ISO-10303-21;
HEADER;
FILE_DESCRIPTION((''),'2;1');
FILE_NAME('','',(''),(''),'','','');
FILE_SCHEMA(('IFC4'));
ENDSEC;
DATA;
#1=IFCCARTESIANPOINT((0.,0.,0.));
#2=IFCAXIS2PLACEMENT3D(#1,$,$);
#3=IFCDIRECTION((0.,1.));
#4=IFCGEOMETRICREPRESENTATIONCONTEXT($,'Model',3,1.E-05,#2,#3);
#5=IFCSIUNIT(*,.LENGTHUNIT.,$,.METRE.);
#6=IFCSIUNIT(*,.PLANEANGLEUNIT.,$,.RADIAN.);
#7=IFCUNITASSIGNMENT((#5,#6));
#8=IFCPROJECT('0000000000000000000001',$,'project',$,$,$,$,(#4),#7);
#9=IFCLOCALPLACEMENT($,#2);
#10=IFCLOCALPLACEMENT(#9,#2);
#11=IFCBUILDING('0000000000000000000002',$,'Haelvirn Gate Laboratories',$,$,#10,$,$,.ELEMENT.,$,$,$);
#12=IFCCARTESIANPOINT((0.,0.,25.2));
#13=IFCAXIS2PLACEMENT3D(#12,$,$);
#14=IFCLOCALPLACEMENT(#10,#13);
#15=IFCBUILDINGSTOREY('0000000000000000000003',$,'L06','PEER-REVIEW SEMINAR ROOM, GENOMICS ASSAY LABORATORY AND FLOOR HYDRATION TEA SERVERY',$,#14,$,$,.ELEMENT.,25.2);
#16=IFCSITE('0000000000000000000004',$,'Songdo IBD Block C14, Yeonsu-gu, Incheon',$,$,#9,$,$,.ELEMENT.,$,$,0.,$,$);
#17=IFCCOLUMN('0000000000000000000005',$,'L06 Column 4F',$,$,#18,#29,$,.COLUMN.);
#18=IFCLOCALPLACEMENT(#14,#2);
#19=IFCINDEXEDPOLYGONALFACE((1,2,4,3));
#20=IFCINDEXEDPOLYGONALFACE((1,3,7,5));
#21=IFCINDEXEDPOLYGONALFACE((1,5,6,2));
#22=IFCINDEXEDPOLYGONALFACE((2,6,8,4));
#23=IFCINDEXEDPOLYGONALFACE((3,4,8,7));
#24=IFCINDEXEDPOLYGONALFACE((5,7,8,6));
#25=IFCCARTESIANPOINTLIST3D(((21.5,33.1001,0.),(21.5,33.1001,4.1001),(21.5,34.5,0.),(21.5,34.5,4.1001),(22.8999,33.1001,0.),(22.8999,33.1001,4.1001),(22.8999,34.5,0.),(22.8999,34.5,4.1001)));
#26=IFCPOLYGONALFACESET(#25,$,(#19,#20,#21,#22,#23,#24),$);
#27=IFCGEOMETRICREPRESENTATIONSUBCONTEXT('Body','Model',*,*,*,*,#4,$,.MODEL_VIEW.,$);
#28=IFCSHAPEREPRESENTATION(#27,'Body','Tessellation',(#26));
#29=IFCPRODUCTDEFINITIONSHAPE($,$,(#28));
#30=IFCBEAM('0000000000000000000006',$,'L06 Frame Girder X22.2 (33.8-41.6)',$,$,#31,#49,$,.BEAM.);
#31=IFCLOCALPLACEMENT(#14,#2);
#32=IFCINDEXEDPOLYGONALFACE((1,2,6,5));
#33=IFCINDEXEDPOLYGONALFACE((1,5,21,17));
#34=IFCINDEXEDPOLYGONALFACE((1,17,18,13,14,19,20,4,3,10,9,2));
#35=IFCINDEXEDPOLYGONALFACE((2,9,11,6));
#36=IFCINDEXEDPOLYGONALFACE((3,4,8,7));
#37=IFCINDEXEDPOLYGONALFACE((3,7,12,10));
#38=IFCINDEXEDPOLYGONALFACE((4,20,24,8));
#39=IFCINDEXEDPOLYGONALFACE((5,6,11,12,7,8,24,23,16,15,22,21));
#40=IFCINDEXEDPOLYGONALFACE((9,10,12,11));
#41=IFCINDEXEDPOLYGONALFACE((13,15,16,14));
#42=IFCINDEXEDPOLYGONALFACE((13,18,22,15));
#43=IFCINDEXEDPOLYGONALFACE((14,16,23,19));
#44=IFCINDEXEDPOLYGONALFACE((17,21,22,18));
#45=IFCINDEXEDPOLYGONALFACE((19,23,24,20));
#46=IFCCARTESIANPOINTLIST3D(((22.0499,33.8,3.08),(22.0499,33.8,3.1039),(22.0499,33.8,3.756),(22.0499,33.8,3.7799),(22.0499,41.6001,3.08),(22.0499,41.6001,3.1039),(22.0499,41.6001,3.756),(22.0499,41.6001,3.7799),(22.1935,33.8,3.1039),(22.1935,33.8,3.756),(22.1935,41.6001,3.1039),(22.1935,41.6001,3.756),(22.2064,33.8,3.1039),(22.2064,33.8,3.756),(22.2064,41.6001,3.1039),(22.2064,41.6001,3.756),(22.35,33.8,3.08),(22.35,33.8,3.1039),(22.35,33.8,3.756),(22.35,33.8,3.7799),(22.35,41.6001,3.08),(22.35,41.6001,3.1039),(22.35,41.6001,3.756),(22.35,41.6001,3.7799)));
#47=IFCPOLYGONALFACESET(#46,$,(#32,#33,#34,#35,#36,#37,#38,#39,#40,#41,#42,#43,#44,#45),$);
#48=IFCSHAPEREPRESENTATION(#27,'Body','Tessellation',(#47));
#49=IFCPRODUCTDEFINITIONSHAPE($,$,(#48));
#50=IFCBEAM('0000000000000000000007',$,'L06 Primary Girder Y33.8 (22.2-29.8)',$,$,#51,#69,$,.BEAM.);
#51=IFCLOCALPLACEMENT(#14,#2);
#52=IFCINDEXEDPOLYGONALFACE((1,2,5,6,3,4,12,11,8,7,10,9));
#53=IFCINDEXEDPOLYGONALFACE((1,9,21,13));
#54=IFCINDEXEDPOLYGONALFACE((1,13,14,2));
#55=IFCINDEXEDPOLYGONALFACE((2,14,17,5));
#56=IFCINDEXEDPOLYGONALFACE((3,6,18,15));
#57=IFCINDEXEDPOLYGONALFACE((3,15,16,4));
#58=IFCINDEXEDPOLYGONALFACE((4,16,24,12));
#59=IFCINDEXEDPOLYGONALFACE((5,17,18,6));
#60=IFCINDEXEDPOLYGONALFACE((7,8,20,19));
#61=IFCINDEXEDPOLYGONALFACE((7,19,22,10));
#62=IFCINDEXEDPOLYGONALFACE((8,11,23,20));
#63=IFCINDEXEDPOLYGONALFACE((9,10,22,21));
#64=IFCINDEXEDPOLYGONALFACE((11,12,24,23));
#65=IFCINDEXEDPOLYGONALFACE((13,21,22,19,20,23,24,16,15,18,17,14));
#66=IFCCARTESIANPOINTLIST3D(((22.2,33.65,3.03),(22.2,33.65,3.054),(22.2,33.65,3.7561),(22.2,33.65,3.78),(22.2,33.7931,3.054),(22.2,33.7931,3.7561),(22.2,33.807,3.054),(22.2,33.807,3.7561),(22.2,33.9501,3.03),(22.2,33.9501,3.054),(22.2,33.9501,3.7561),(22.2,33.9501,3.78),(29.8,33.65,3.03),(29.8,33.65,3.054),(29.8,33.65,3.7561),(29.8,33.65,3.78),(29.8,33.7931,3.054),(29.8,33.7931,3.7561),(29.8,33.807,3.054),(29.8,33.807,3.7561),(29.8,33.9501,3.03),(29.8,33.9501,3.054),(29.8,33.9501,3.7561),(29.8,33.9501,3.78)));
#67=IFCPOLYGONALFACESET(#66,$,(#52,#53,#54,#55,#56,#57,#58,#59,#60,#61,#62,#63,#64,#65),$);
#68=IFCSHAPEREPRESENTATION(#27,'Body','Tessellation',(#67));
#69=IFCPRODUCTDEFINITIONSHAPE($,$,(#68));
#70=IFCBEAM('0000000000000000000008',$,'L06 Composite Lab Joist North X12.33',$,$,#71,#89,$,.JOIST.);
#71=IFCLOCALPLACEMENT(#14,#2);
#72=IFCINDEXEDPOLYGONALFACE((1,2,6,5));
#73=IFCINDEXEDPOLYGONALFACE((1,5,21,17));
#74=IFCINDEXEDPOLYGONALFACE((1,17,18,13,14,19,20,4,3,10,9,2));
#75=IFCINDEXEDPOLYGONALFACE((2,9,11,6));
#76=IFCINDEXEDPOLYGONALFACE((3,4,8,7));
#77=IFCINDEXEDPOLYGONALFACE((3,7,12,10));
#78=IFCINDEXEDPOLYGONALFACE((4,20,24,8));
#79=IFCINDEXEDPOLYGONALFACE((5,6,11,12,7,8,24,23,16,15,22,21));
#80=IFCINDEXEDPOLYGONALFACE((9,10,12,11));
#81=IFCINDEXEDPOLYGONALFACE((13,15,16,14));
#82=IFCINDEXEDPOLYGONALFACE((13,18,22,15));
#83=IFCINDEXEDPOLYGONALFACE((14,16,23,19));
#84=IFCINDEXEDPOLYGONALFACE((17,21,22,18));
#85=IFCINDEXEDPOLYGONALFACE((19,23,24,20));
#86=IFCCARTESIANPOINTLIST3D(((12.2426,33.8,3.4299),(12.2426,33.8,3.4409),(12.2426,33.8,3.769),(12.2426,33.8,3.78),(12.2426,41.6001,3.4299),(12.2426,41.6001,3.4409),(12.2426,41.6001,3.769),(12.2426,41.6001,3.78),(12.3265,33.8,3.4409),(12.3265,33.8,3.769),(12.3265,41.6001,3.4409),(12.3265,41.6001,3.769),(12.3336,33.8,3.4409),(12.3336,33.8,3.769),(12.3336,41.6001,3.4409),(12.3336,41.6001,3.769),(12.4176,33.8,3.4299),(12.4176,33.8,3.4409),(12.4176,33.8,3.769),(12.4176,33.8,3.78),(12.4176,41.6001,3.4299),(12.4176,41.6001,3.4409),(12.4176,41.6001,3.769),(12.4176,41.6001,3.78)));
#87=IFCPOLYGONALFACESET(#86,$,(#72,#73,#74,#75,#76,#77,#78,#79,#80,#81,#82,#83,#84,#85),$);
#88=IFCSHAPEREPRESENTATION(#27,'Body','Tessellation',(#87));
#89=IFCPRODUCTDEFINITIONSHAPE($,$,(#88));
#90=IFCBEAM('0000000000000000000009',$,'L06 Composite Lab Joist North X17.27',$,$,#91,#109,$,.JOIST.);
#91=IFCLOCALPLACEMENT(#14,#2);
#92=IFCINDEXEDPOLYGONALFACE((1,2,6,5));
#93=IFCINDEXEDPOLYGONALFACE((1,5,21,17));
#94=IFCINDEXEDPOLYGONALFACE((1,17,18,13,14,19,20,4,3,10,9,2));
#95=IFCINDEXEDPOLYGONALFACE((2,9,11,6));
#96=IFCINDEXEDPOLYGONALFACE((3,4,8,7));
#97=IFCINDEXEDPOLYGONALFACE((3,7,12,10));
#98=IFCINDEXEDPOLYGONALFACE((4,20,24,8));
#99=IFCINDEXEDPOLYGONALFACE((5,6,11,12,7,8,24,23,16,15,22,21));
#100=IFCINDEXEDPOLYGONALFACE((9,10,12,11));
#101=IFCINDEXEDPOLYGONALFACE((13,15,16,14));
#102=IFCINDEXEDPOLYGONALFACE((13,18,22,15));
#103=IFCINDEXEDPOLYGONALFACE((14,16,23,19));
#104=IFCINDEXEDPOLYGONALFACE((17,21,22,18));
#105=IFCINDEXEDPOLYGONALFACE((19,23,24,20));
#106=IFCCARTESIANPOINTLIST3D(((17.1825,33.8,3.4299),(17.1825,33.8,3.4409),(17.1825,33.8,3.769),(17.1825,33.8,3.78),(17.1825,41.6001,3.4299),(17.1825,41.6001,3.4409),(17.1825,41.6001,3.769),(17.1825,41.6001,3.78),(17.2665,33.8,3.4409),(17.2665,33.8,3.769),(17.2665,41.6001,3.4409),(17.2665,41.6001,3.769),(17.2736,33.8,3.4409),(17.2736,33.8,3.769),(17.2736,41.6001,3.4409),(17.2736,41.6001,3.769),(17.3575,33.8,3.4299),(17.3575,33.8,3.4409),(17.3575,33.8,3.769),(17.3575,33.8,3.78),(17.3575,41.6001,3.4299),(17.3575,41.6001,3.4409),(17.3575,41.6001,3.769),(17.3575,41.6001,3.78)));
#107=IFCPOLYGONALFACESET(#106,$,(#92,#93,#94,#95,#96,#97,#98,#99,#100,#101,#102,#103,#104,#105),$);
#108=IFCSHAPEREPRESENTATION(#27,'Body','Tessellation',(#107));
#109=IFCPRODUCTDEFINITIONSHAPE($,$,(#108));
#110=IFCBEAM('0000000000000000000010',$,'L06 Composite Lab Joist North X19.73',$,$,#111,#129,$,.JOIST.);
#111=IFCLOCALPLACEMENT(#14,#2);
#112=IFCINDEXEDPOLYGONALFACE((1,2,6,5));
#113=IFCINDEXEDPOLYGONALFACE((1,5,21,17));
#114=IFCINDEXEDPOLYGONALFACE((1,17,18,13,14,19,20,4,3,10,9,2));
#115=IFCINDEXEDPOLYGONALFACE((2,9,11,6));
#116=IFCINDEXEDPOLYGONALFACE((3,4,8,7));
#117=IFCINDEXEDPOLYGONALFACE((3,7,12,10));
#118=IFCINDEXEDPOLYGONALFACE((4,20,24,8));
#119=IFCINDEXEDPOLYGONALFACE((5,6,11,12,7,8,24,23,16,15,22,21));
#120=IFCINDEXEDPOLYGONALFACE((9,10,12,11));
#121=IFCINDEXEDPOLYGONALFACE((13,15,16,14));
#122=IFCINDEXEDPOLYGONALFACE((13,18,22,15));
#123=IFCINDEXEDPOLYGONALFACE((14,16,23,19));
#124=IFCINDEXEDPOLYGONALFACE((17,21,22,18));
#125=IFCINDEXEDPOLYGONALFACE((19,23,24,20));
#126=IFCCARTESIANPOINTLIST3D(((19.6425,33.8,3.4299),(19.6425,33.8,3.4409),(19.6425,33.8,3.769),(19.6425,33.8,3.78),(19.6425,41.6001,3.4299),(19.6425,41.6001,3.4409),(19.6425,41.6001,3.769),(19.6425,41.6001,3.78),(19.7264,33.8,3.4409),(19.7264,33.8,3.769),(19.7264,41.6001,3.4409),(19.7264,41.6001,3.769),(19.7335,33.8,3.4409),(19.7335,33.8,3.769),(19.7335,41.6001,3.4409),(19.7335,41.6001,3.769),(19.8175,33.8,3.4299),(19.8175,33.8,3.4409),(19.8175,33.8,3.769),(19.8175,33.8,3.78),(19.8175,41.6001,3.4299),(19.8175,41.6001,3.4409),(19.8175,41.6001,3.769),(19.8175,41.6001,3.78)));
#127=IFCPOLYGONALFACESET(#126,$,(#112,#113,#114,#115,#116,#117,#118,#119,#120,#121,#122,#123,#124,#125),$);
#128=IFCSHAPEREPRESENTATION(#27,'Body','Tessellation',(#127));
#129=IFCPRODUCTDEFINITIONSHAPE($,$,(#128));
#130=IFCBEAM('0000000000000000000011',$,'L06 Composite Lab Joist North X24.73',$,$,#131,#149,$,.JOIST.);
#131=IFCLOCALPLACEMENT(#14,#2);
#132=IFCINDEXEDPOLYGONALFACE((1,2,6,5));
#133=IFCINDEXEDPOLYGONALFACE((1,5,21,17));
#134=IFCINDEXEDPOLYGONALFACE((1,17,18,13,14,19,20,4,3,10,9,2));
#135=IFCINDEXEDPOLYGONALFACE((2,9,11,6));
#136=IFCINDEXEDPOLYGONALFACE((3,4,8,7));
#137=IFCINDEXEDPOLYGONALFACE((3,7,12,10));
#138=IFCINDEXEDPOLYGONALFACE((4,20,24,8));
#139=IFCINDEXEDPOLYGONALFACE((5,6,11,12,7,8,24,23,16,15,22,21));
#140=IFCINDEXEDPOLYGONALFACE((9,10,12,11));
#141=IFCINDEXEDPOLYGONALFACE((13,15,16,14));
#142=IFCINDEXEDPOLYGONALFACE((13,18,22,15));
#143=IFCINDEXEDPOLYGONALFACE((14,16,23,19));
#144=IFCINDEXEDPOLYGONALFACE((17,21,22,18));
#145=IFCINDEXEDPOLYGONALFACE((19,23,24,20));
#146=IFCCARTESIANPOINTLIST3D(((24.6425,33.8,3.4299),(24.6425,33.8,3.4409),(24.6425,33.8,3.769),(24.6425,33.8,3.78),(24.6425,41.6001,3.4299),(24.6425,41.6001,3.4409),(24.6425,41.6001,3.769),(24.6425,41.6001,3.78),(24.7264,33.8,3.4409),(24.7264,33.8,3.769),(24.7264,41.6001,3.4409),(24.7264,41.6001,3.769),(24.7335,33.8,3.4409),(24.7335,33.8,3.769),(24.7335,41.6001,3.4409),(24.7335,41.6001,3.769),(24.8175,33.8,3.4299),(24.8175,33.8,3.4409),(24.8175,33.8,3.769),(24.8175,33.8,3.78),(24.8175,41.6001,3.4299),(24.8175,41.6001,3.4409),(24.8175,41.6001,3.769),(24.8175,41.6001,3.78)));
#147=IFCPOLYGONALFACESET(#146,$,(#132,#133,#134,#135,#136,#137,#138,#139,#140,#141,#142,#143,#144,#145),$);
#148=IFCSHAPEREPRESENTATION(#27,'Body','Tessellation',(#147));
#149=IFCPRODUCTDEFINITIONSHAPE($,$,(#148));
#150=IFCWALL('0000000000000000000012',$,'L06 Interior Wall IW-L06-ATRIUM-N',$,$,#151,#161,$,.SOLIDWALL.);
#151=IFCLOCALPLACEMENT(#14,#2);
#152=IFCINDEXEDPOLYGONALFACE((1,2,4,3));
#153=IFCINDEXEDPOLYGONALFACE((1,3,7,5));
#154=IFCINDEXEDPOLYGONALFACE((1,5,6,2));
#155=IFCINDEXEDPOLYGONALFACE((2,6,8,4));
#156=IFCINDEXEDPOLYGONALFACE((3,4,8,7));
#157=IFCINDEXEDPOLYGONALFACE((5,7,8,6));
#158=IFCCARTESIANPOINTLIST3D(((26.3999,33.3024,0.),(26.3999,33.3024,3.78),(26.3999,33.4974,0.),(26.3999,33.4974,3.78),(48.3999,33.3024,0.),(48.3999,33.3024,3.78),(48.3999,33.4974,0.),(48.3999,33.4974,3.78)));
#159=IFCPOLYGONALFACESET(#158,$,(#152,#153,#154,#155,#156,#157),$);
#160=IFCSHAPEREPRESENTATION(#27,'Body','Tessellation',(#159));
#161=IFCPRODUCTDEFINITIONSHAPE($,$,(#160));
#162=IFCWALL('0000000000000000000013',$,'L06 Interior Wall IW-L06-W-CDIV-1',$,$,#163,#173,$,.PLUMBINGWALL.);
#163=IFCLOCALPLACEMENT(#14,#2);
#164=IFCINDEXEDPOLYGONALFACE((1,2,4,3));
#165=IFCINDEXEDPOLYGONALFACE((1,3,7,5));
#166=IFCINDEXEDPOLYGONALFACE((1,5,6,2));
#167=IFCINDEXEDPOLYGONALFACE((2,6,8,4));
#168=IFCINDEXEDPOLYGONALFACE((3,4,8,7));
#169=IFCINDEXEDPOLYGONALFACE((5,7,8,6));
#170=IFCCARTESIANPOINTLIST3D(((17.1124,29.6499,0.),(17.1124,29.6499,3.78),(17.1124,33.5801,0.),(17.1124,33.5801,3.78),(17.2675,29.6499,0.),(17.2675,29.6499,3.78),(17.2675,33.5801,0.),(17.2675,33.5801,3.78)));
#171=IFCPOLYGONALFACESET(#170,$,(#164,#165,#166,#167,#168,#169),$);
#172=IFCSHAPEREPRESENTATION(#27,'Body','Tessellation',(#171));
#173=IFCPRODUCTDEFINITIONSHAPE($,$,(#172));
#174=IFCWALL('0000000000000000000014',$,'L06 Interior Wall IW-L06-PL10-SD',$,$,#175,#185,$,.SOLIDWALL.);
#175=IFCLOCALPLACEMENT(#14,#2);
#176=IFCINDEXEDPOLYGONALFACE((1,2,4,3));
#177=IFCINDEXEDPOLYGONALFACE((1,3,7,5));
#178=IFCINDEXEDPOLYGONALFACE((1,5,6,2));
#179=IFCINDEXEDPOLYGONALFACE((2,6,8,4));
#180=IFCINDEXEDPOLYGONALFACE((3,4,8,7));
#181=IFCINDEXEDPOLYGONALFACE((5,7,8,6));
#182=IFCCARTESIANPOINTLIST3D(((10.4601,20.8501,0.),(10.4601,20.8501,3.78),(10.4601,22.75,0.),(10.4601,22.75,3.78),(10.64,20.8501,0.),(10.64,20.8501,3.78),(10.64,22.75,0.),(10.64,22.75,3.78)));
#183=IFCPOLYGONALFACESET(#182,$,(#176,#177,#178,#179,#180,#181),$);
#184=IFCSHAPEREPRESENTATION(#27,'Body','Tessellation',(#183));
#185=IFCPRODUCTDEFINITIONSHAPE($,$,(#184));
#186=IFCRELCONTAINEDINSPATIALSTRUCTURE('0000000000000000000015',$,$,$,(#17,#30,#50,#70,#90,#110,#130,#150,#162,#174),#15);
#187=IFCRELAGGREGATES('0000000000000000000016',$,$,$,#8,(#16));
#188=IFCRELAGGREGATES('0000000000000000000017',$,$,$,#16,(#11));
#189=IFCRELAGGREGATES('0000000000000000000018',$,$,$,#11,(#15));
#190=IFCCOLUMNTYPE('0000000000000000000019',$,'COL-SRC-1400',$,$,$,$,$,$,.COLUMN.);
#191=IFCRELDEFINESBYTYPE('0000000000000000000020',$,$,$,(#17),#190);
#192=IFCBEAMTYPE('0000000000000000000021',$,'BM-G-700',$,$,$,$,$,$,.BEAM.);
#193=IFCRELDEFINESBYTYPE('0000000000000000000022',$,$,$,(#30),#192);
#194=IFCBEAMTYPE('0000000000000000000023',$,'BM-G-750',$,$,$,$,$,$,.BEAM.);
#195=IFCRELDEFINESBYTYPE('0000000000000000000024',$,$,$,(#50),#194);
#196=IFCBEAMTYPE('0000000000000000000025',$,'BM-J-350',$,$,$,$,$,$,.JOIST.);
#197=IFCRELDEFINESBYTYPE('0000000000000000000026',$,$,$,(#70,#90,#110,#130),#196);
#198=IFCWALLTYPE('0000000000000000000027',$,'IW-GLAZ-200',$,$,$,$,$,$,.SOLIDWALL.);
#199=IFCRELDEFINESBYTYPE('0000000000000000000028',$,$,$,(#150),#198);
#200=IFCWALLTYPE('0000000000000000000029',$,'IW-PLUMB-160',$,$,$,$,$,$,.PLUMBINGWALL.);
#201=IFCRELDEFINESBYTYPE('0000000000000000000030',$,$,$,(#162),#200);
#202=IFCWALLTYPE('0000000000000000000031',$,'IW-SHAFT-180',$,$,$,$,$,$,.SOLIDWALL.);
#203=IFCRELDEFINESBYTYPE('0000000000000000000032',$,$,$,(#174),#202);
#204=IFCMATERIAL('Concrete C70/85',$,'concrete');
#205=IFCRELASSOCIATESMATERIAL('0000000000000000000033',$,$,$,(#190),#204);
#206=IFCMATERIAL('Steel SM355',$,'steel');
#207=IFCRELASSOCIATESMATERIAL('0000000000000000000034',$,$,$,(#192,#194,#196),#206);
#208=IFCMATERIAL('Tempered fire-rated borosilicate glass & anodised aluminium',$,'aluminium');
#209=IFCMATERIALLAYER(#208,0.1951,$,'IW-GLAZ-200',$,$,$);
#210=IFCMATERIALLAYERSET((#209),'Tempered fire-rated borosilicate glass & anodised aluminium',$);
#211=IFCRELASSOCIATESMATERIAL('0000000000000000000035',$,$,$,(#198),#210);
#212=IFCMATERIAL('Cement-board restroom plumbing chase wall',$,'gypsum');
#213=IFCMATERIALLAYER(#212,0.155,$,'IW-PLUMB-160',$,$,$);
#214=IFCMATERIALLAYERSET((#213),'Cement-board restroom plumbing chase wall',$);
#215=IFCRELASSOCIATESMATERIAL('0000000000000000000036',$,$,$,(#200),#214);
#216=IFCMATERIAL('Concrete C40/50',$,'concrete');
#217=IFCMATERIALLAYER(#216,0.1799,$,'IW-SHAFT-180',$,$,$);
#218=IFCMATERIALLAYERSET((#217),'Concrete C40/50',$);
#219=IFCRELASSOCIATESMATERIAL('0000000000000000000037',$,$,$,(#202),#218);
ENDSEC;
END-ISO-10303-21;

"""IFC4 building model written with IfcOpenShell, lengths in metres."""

from ifc_helpers import new_model, si_unit, direction, frame, frame_2d, origin, origin_2d, place, context, subcontext, project, spatial, rectangle, i_section, extrude, source, transform, mapped, material, layer, layer_set, material_profile, profile_set, type_object, type_shapes, element, save


model = new_model("IFC4")

# Units and contexts
model_context = context("Model", 3, precision=1e-05, world=origin(), true_north=direction((0.0, 1.0)))
body_context = subcontext(model_context, "Body", "Model", "MODEL_VIEW")
ifc_project = project(units=[si_unit("LENGTHUNIT", "METRE"), si_unit("PLANEANGLEUNIT", "RADIAN")], contexts=[model_context])

# Site, building, storey
site_placement = place(None, origin())
site = spatial("IfcSite", under=ifc_project, at=site_placement, Name="Songdo IBD Block C14, Yeonsu-gu, Incheon", CompositionType="ELEMENT", RefElevation=0.0)
building_placement = place(site_placement, origin())
building = spatial("IfcBuilding", under=site, at=building_placement, Name="Haelvirn Gate Laboratories", CompositionType="ELEMENT")
storey_placement = place(building_placement, frame((0.0, 0.0, 25.2)))
storey = spatial("IfcBuildingStorey", under=building, at=storey_placement, Name="L06", Description="PEER-REVIEW SEMINAR ROOM, GENOMICS ASSAY LABORATORY AND FLOOR HYDRATION TEA SERVERY", CompositionType="ELEMENT", Elevation=25.2)

# Column
ifc_material_1 = material(Name="Concrete C70/85", Category="concrete")
ifc_material_profile_1 = material_profile(ifc_material_1, rectangle(XDim=1.3999, YDim=1.3999, at=origin_2d()), Name="SRC-1400x1400")
ifc_profile_set_1 = profile_set([ifc_material_profile_1], Name="Concrete C70/85")
column_type = type_object("IfcColumnType", Name="COL-SRC-1400", PredefinedType="COLUMN", material=ifc_profile_set_1)
shared_shape_1 = source(origin(), body_context, "Body", "SweptSolid", [
    extrude(rectangle(XDim=1.3999, YDim=1.3999, at=origin_2d()), origin(), (0.0, 0.0, 1.0), 4.1001),
])
type_shapes(column_type, [shared_shape_1])
column_placement = place(storey_placement, frame((22.2, 33.8, 0.0), z_axis=(0.0, 0.0, 1.0), x_axis=(1.0, 0.0, 0.0)))
element("IfcColumn", 1, at=column_placement, inside=storey, type_object=column_type, Name="L06 Column 4F", PredefinedType="COLUMN", context=body_context, shape_type="MappedRepresentation", body=[
    mapped(shared_shape_1, transform((0.0, 0.0, 0.0), scale=1.0)),
])

# Beams
ifc_material_2 = material(Name="Steel SM355", Category="steel")
ifc_material_profile_2 = material_profile(ifc_material_2, i_section(OverallWidth=0.3, OverallDepth=0.7, WebThickness=0.0129, FlangeThickness=0.0239, at=origin_2d()), Name="H-700x300x13x24")
ifc_profile_set_2 = profile_set([ifc_material_profile_2], Name="Steel SM355")
beam_type_1 = type_object("IfcBeamType", Name="BM-G-700", PredefinedType="BEAM", material=ifc_profile_set_2)
shared_shape_2 = source(origin(), body_context, "Body", "SweptSolid", [
    extrude(i_section(OverallWidth=0.3, OverallDepth=0.7, WebThickness=0.0129, FlangeThickness=0.0239, at=origin_2d()), origin(), (0.0, 0.0, 1.0), 7.8),
])
type_shapes(beam_type_1, [shared_shape_2])
beam_1_placement = place(storey_placement, frame((22.2, 33.8, 3.4299), z_axis=(0.0, 1.0, 0.0), x_axis=(-1.0, 0.0, 0.0)))
element("IfcBeam", 2, at=beam_1_placement, inside=storey, type_object=beam_type_1, Name="L06 Frame Girder X22.2 (33.8-41.6)", PredefinedType="BEAM", context=body_context, shape_type="MappedRepresentation", body=[
    mapped(shared_shape_2, transform((0.0, 0.0, 0.0), scale=1.0)),
])
ifc_material_profile_3 = material_profile(ifc_material_2, i_section(OverallWidth=0.3, OverallDepth=0.75, WebThickness=0.0139, FlangeThickness=0.0239, at=origin_2d()), Name="H-750x300x14x24")
ifc_profile_set_3 = profile_set([ifc_material_profile_3], Name="Steel SM355")
beam_type_2 = type_object("IfcBeamType", Name="BM-G-750", PredefinedType="BEAM", material=ifc_profile_set_3)
shared_shape_3 = source(origin(), body_context, "Body", "SweptSolid", [
    extrude(i_section(OverallWidth=0.3, OverallDepth=0.75, WebThickness=0.0139, FlangeThickness=0.0239, at=origin_2d()), origin(), (0.0, 0.0, 1.0), 7.6001),
])
type_shapes(beam_type_2, [shared_shape_3])
beam_2_placement = place(storey_placement, frame((22.2, 33.8, 3.405), z_axis=(1.0, 0.0, 0.0), x_axis=(0.0, 1.0, 0.0)))
element("IfcBeam", 3, at=beam_2_placement, inside=storey, type_object=beam_type_2, Name="L06 Primary Girder Y33.8 (22.2-29.8)", PredefinedType="BEAM", context=body_context, shape_type="MappedRepresentation", body=[
    mapped(shared_shape_3, transform((0.0, 0.0, 0.0), scale=1.0)),
])
ifc_material_profile_4 = material_profile(ifc_material_2, i_section(OverallWidth=0.175, OverallDepth=0.3501, WebThickness=0.0071, FlangeThickness=0.011, at=origin_2d()), Name="H-350x175x7x11")
ifc_profile_set_4 = profile_set([ifc_material_profile_4], Name="Steel SM355")
beam_type_3 = type_object("IfcBeamType", Name="BM-J-350", PredefinedType="JOIST", material=ifc_profile_set_4)
shared_shape_4 = source(origin(), body_context, "Body", "SweptSolid", [
    extrude(i_section(OverallWidth=0.175, OverallDepth=0.3501, WebThickness=0.0071, FlangeThickness=0.011, at=origin_2d()), origin(), (0.0, 0.0, 1.0), 7.8),
])
type_shapes(beam_type_3, [shared_shape_4])
for number, where, z_axis, x_axis, name in (
    (4, (12.3301, 33.8, 3.605), (0.0, 1.0, 0.0), (-1.0, 0.0, 0.0), "L06 Composite Lab Joist North X12.33"),
    (5, (17.27, 33.8, 3.605), (0.0, 1.0, 0.0), (-1.0, 0.0, 0.0), "L06 Composite Lab Joist North X17.27"),
    (6, (19.73, 33.8, 3.605), (0.0, 1.0, 0.0), (-1.0, 0.0, 0.0), "L06 Composite Lab Joist North X19.73"),
    (7, (24.73, 33.8, 3.605), (0.0, 1.0, 0.0), (-1.0, 0.0, 0.0), "L06 Composite Lab Joist North X24.73"),
):
    element("IfcBeam", number, at=place(storey_placement, frame(where, z_axis=z_axis, x_axis=x_axis)), inside=storey, type_object=beam_type_3, Name=name, PredefinedType="JOIST", context=body_context, shape_type="MappedRepresentation", body=[
        mapped(shared_shape_4, transform((0.0, 0.0, 0.0), scale=1.0)),
    ])

# Walls
ifc_material_3 = material(Name="Tempered fire-rated borosilicate glass & anodised aluminium", Category="aluminium")
ifc_layer_1 = layer(ifc_material_3, 0.1951, Name="IW-GLAZ-200")
ifc_layer_set_1 = layer_set([ifc_layer_1], Name="Tempered fire-rated borosilicate glass & anodised aluminium")
wall_type_1 = type_object("IfcWallType", Name="IW-GLAZ-200", PredefinedType="SOLIDWALL", material=ifc_layer_set_1)
wall_1_placement = place(storey_placement, frame((26.3999, 33.3999, 0.0), z_axis=(0.0, 0.0, 1.0), x_axis=(1.0, 0.0, 0.0)))
element("IfcWall", 8, at=wall_1_placement, inside=storey, type_object=wall_type_1, Name="L06 Interior Wall IW-L06-ATRIUM-N", PredefinedType="SOLIDWALL", context=body_context, shape_type="SweptSolid", body=[
    extrude(rectangle(XDim=22.0, YDim=0.1951, at=frame_2d((11.0, 0.0))), origin(), (0.0, 0.0, 1.0), 3.78),
])
ifc_material_4 = material(Name="Cement-board restroom plumbing chase wall", Category="gypsum")
ifc_layer_2 = layer(ifc_material_4, 0.155, Name="IW-PLUMB-160")
ifc_layer_set_2 = layer_set([ifc_layer_2], Name="Cement-board restroom plumbing chase wall")
wall_type_2 = type_object("IfcWallType", Name="IW-PLUMB-160", PredefinedType="PLUMBINGWALL", material=ifc_layer_set_2)
wall_2_placement = place(storey_placement, frame((17.1899, 29.6499, 0.0), z_axis=(0.0, 0.0, 1.0), x_axis=(0.0, 1.0, 0.0)))
element("IfcWall", 9, at=wall_2_placement, inside=storey, type_object=wall_type_2, Name="L06 Interior Wall IW-L06-W-CDIV-1", PredefinedType="PLUMBINGWALL", context=body_context, shape_type="SweptSolid", body=[
    extrude(rectangle(XDim=3.9302, YDim=0.155, at=frame_2d((1.9651, 0.0))), origin(), (0.0, 0.0, 1.0), 3.78),
])
ifc_material_5 = material(Name="Concrete C40/50", Category="concrete")
ifc_layer_3 = layer(ifc_material_5, 0.1799, Name="IW-SHAFT-180")
ifc_layer_set_3 = layer_set([ifc_layer_3], Name="Concrete C40/50")
wall_type_3 = type_object("IfcWallType", Name="IW-SHAFT-180", PredefinedType="SOLIDWALL", material=ifc_layer_set_3)
for number, where, z_axis, x_axis, name in (
    (10, (10.55, 20.8501, 0.0), (0.0, 0.0, 1.0), (0.0, 1.0, 0.0), "L06 Interior Wall IW-L06-PL10-SD"),
):
    element("IfcWall", number, at=place(storey_placement, frame(where, z_axis=z_axis, x_axis=x_axis)), inside=storey, type_object=wall_type_3, Name=name, PredefinedType="SOLIDWALL", context=body_context, shape_type="SweptSolid", body=[
        extrude(rectangle(XDim=1.8999, YDim=0.1799, at=frame_2d((0.95, 0.0))), origin(), (0.0, 0.0, 1.0), 3.78),
    ])

save(model, "model.ifc")
